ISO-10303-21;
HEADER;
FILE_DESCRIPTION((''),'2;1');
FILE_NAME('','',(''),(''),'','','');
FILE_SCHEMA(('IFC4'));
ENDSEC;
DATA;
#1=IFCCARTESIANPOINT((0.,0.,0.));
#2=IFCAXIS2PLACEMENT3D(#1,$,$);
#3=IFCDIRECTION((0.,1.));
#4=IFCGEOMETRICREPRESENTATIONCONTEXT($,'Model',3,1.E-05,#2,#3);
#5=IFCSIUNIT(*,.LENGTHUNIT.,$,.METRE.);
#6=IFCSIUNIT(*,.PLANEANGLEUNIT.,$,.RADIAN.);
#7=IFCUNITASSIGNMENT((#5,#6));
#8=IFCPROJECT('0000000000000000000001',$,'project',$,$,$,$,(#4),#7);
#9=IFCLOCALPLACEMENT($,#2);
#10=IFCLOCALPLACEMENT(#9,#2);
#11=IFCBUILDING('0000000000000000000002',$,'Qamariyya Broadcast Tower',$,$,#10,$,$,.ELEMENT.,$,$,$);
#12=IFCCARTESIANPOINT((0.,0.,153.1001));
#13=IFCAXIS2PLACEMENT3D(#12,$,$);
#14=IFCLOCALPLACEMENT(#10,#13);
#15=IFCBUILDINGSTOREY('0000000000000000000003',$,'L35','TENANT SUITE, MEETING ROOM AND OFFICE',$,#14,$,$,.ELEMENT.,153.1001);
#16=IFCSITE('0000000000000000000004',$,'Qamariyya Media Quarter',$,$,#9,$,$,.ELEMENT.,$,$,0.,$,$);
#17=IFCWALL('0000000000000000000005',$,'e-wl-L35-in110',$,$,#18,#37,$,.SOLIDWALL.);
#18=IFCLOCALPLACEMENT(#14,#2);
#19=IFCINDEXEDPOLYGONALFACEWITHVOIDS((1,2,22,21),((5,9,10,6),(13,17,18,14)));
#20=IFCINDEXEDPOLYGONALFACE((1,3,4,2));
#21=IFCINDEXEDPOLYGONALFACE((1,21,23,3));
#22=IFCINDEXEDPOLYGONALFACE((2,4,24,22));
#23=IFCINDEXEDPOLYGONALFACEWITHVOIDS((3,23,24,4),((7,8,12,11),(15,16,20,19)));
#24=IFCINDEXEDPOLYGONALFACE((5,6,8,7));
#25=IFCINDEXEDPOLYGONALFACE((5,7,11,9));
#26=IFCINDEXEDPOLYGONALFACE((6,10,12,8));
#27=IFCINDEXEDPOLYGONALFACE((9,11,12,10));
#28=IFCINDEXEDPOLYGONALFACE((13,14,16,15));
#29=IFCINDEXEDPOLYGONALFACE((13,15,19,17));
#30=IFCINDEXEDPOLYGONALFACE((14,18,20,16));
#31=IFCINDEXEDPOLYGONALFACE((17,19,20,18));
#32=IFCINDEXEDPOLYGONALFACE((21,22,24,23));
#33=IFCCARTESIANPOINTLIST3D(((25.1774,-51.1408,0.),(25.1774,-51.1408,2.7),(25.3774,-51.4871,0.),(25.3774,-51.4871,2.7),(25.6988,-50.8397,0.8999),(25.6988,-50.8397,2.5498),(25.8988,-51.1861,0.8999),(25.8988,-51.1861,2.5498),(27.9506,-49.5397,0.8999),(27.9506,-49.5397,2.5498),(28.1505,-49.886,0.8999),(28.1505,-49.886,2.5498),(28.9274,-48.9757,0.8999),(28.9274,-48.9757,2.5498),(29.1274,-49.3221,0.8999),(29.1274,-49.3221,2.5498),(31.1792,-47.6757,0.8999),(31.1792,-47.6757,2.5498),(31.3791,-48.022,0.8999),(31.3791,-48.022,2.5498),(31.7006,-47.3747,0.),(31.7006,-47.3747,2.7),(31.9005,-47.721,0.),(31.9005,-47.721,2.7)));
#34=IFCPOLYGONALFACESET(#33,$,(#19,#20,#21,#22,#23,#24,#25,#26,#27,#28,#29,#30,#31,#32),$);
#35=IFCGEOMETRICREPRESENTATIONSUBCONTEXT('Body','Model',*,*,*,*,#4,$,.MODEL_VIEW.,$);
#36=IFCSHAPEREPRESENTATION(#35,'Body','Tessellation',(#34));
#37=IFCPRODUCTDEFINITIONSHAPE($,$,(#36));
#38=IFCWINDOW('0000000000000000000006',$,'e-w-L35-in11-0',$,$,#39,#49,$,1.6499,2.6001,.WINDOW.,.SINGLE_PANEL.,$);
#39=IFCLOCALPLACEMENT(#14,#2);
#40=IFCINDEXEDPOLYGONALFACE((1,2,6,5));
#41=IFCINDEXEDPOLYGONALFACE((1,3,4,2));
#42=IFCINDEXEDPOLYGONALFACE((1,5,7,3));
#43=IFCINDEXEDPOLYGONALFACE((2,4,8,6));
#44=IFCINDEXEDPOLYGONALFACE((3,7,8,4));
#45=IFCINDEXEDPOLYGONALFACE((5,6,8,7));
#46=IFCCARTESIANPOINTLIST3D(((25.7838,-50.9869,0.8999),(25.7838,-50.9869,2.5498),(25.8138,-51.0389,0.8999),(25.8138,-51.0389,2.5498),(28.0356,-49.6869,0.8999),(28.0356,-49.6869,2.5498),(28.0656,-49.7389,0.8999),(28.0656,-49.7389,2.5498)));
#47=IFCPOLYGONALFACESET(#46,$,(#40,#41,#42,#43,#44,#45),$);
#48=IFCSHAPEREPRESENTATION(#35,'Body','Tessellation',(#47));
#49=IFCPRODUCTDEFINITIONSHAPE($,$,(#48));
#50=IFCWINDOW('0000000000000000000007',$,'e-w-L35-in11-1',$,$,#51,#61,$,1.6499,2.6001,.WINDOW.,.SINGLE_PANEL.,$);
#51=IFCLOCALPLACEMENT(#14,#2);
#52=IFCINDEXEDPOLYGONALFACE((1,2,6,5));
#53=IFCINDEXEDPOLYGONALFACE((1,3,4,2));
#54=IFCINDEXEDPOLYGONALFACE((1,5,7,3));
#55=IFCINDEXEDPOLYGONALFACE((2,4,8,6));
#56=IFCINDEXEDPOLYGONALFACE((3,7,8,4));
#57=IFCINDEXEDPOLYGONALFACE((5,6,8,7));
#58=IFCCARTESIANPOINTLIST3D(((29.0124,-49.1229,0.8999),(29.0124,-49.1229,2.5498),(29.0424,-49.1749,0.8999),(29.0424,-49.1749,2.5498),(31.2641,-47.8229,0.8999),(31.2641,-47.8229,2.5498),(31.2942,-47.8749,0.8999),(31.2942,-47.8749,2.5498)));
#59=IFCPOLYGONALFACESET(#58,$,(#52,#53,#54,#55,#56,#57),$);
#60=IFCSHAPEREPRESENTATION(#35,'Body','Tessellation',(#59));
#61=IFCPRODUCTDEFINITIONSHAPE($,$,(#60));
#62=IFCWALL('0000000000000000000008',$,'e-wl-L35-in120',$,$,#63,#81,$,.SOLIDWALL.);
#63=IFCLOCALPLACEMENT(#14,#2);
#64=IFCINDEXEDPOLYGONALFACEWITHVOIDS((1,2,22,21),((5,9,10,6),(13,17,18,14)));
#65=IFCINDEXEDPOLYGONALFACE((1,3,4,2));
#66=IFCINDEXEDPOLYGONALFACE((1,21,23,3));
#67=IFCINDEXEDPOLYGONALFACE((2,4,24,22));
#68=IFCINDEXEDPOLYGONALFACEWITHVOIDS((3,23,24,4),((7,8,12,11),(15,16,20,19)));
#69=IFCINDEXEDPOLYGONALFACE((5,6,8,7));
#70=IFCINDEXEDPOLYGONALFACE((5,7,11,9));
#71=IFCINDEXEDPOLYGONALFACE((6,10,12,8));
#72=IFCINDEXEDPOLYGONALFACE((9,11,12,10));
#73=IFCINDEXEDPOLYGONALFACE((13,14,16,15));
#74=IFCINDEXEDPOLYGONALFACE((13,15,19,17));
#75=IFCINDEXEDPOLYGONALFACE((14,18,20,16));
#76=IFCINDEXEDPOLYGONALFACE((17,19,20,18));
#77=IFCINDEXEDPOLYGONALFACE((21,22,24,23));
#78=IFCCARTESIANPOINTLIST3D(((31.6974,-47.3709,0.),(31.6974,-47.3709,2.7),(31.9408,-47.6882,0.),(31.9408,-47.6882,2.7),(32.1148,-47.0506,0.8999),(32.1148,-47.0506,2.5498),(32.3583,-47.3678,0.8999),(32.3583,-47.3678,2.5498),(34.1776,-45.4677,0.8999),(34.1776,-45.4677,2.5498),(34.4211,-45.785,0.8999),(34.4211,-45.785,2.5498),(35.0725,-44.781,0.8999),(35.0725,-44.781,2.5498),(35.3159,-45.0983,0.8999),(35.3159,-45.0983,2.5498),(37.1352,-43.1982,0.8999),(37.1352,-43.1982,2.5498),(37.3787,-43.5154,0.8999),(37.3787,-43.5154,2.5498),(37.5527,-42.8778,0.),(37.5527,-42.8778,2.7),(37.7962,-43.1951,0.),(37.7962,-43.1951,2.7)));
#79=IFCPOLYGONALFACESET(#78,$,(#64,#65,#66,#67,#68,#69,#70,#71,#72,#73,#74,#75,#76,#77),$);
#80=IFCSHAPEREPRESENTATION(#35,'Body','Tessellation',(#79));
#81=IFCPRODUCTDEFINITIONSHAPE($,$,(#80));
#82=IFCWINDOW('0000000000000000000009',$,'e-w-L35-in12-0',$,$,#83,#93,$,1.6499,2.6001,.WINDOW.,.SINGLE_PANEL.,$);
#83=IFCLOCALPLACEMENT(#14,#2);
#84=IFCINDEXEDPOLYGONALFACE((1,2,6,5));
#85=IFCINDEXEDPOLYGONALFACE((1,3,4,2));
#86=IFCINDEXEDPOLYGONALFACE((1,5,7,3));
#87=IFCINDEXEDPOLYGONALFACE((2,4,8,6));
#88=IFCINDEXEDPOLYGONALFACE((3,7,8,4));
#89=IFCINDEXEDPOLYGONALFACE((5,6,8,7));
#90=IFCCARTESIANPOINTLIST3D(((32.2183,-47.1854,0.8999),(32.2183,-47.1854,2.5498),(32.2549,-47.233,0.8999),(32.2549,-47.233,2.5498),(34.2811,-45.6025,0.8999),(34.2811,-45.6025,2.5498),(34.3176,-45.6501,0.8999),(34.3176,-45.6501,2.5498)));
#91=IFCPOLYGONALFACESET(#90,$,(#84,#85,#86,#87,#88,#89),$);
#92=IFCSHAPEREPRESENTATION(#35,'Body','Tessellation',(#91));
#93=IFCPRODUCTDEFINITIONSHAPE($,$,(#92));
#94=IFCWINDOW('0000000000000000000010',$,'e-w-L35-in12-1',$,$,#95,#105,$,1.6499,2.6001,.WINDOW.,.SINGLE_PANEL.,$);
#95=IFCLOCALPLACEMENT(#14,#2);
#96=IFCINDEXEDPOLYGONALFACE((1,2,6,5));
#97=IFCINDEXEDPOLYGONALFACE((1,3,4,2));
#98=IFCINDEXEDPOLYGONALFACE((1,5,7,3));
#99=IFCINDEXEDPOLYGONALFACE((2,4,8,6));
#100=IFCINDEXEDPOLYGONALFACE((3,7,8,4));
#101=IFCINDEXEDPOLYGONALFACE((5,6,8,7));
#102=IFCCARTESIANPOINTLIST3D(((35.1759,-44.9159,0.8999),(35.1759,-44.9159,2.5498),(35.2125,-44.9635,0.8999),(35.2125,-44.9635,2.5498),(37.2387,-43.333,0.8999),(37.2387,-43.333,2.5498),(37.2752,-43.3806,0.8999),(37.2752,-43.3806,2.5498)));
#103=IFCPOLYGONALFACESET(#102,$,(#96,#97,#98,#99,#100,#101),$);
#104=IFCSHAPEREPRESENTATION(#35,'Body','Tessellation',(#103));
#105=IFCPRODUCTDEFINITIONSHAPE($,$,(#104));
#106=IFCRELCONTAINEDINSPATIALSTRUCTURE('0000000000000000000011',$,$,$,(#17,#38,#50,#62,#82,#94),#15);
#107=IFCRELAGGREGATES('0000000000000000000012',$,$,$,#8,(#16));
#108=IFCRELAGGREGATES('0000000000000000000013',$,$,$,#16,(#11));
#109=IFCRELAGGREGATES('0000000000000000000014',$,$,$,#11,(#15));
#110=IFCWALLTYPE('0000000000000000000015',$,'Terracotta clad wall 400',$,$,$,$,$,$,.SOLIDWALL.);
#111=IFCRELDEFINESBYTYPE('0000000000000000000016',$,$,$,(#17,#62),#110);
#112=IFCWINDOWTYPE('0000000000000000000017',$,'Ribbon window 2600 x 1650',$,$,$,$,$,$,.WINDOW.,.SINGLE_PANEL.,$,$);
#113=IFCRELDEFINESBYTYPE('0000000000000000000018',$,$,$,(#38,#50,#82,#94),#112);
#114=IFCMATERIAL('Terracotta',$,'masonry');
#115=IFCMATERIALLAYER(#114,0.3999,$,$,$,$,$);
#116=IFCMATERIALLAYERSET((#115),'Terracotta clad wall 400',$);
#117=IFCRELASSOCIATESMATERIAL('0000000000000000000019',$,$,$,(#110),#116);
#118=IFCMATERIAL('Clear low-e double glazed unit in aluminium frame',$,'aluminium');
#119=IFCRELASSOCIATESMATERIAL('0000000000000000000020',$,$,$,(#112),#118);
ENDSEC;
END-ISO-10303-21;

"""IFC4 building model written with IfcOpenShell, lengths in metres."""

from ifc_helpers import new_model, si_unit, direction, frame, frame_2d, origin, place, context, subcontext, project, spatial, rectangle, extrude, material, layer, layer_set, type_object, element, fill, save


model = new_model("IFC4")

# Units and contexts
model_context = context("Model", 3, precision=1e-05, world=origin(), true_north=direction((0.0, 1.0)))
body_context = subcontext(model_context, "Body", "Model", "MODEL_VIEW")
ifc_project = project(units=[si_unit("LENGTHUNIT", "METRE"), si_unit("PLANEANGLEUNIT", "RADIAN")], contexts=[model_context])

# Site, building, storey
site_placement = place(None, origin())
site = spatial("IfcSite", under=ifc_project, at=site_placement, Name="Qamariyya Media Quarter", CompositionType="ELEMENT", RefElevation=0.0)
building_placement = place(site_placement, origin())
building = spatial("IfcBuilding", under=site, at=building_placement, Name="Qamariyya Broadcast Tower", CompositionType="ELEMENT")
storey_placement = place(building_placement, frame((0.0, 0.0, 153.1001)))
storey = spatial("IfcBuildingStorey", under=building, at=storey_placement, Name="L35", Description="TENANT SUITE, MEETING ROOM AND OFFICE", CompositionType="ELEMENT", Elevation=153.1001)

# Walls, openings, windows
ifc_material_1 = material(Name="Terracotta", Category="masonry")
ifc_layer = layer(ifc_material_1, 0.3999)
ifc_layer_set = layer_set([ifc_layer], Name="Terracotta clad wall 400")
wall_type = type_object("IfcWallType", Name="Terracotta clad wall 400", PredefinedType="SOLIDWALL", material=ifc_layer_set)
wall_1_placement = place(storey_placement, frame((31.8005, -47.5479, 0.0), z_axis=(0.0, 0.0, 1.0), x_axis=(-0.866029, -0.499995, 0.0)))
wall_1 = element("IfcWall", 1, at=wall_1_placement, inside=storey, type_object=wall_type, Name="e-wl-L35-in110", PredefinedType="SOLIDWALL", context=body_context, shape_type="SweptSolid", body=[
    extrude(rectangle(XDim=7.5322, YDim=0.3999, at=frame_2d((3.7661, 0.0))), origin(), (0.0, 0.0, 1.0), 2.7),
])
opening_1_placement = place(wall_1_placement, frame((4.3301, 0.0, 0.8999)))
opening_1 = element("IfcOpeningElement", 2, at=opening_1_placement, cuts=wall_1, PredefinedType="OPENING", context=body_context, shape_type="SweptSolid", body=[
    extrude(rectangle(XDim=2.6001, YDim=1.6499, at=frame_2d((1.3, 0.825))), frame((0.0, 0.21, 0.0), z_axis=(0.0, -1.0, 0.0), x_axis=(1.0, 0.0, 0.0)), (0.0, 0.0, 1.0), 0.4199),
])
opening_2_placement = place(wall_1_placement, frame((0.6021, 0.0, 0.8999)))
opening_2 = element("IfcOpeningElement", 3, at=opening_2_placement, cuts=wall_1, PredefinedType="OPENING", context=body_context, shape_type="SweptSolid", body=[
    extrude(rectangle(XDim=2.6001, YDim=1.6499, at=frame_2d((1.3, 0.825))), frame((0.0, 0.21, 0.0), z_axis=(0.0, -1.0, 0.0), x_axis=(1.0, 0.0, 0.0)), (0.0, 0.0, 1.0), 0.4199),
])
ifc_material_2 = material(Name="Clear low-e double glazed unit in aluminium frame", Category="aluminium")
window_type = type_object("IfcWindowType", Name="Ribbon window 2600 x 1650", PartitioningType="SINGLE_PANEL", PredefinedType="WINDOW", material=ifc_material_2)
window_1_placement = place(opening_1_placement, origin())
window_1 = element("IfcWindow", 4, at=window_1_placement, inside=storey, type_object=window_type, Name="e-w-L35-in11-0", OverallHeight=1.6499, OverallWidth=2.6001, PartitioningType="SINGLE_PANEL", PredefinedType="WINDOW", context=body_context, shape_type="SweptSolid", body=[
    extrude(rectangle(XDim=2.6001, YDim=1.6499, at=frame_2d((1.3, 0.825))), frame((0.0, 0.03, 0.0), z_axis=(0.0, -1.0, 0.0), x_axis=(1.0, 0.0, 0.0)), (0.0, 0.0, 1.0), 0.0601),
])
fill(opening_1, window_1)
window_2_placement = place(opening_2_placement, origin())
window_2 = element("IfcWindow", 5, at=window_2_placement, inside=storey, type_object=window_type, Name="e-w-L35-in11-1", OverallHeight=1.6499, OverallWidth=2.6001, PartitioningType="SINGLE_PANEL", PredefinedType="WINDOW", context=body_context, shape_type="SweptSolid", body=[
    extrude(rectangle(XDim=2.6001, YDim=1.6499, at=frame_2d((1.3, 0.825))), frame((0.0, 0.03, 0.0), z_axis=(0.0, -1.0, 0.0), x_axis=(1.0, 0.0, 0.0)), (0.0, 0.0, 1.0), 0.0601),
])
fill(opening_2, window_2)
wall_2_placement = place(storey_placement, frame((37.6746, -43.0364, 0.0), z_axis=(0.0, 0.0, 1.0), x_axis=(-0.793346, -0.60877, 0.0)))
wall_2 = element("IfcWall", 6, at=wall_2_placement, inside=storey, type_object=wall_type, Name="e-wl-L35-in120", PredefinedType="SOLIDWALL", context=body_context, shape_type="SweptSolid", body=[
    extrude(rectangle(XDim=7.3806, YDim=0.3999, at=frame_2d((3.6904, 0.0))), origin(), (0.0, 0.0, 1.0), 2.7),
])
opening_3_placement = place(wall_2_placement, frame((4.2544, 0.0, 0.8999)))
opening_3 = element("IfcOpeningElement", 7, at=opening_3_placement, cuts=wall_2, PredefinedType="OPENING", context=body_context, shape_type="SweptSolid", body=[
    extrude(rectangle(XDim=2.6001, YDim=1.6499, at=frame_2d((1.3, 0.825))), frame((0.0, 0.21, 0.0), z_axis=(0.0, -1.0, 0.0), x_axis=(1.0, 0.0, 0.0)), (0.0, 0.0, 1.0), 0.4199),
])
opening_4_placement = place(wall_2_placement, frame((0.5264, 0.0, 0.8999)))
opening_4 = element("IfcOpeningElement", 8, at=opening_4_placement, cuts=wall_2, PredefinedType="OPENING", context=body_context, shape_type="SweptSolid", body=[
    extrude(rectangle(XDim=2.6001, YDim=1.6499, at=frame_2d((1.3, 0.825))), frame((0.0, 0.21, 0.0), z_axis=(0.0, -1.0, 0.0), x_axis=(1.0, 0.0, 0.0)), (0.0, 0.0, 1.0), 0.4199),
])
window_3_placement = place(opening_3_placement, origin())
window_3 = element("IfcWindow", 9, at=window_3_placement, inside=storey, type_object=window_type, Name="e-w-L35-in12-0", OverallHeight=1.6499, OverallWidth=2.6001, PartitioningType="SINGLE_PANEL", PredefinedType="WINDOW", context=body_context, shape_type="SweptSolid", body=[
    extrude(rectangle(XDim=2.6001, YDim=1.6499, at=frame_2d((1.3, 0.825))), frame((0.0, 0.03, 0.0), z_axis=(0.0, -1.0, 0.0), x_axis=(1.0, 0.0, 0.0)), (0.0, 0.0, 1.0), 0.0601),
])
fill(opening_3, window_3)
window_4_placement = place(opening_4_placement, origin())
window_4 = element("IfcWindow", 10, at=window_4_placement, inside=storey, type_object=window_type, Name="e-w-L35-in12-1", OverallHeight=1.6499, OverallWidth=2.6001, PartitioningType="SINGLE_PANEL", PredefinedType="WINDOW", context=body_context, shape_type="SweptSolid", body=[
    extrude(rectangle(XDim=2.6001, YDim=1.6499, at=frame_2d((1.3, 0.825))), frame((0.0, 0.03, 0.0), z_axis=(0.0, -1.0, 0.0), x_axis=(1.0, 0.0, 0.0)), (0.0, 0.0, 1.0), 0.0601),
])
fill(opening_4, window_4)

save(model, "model.ifc")
